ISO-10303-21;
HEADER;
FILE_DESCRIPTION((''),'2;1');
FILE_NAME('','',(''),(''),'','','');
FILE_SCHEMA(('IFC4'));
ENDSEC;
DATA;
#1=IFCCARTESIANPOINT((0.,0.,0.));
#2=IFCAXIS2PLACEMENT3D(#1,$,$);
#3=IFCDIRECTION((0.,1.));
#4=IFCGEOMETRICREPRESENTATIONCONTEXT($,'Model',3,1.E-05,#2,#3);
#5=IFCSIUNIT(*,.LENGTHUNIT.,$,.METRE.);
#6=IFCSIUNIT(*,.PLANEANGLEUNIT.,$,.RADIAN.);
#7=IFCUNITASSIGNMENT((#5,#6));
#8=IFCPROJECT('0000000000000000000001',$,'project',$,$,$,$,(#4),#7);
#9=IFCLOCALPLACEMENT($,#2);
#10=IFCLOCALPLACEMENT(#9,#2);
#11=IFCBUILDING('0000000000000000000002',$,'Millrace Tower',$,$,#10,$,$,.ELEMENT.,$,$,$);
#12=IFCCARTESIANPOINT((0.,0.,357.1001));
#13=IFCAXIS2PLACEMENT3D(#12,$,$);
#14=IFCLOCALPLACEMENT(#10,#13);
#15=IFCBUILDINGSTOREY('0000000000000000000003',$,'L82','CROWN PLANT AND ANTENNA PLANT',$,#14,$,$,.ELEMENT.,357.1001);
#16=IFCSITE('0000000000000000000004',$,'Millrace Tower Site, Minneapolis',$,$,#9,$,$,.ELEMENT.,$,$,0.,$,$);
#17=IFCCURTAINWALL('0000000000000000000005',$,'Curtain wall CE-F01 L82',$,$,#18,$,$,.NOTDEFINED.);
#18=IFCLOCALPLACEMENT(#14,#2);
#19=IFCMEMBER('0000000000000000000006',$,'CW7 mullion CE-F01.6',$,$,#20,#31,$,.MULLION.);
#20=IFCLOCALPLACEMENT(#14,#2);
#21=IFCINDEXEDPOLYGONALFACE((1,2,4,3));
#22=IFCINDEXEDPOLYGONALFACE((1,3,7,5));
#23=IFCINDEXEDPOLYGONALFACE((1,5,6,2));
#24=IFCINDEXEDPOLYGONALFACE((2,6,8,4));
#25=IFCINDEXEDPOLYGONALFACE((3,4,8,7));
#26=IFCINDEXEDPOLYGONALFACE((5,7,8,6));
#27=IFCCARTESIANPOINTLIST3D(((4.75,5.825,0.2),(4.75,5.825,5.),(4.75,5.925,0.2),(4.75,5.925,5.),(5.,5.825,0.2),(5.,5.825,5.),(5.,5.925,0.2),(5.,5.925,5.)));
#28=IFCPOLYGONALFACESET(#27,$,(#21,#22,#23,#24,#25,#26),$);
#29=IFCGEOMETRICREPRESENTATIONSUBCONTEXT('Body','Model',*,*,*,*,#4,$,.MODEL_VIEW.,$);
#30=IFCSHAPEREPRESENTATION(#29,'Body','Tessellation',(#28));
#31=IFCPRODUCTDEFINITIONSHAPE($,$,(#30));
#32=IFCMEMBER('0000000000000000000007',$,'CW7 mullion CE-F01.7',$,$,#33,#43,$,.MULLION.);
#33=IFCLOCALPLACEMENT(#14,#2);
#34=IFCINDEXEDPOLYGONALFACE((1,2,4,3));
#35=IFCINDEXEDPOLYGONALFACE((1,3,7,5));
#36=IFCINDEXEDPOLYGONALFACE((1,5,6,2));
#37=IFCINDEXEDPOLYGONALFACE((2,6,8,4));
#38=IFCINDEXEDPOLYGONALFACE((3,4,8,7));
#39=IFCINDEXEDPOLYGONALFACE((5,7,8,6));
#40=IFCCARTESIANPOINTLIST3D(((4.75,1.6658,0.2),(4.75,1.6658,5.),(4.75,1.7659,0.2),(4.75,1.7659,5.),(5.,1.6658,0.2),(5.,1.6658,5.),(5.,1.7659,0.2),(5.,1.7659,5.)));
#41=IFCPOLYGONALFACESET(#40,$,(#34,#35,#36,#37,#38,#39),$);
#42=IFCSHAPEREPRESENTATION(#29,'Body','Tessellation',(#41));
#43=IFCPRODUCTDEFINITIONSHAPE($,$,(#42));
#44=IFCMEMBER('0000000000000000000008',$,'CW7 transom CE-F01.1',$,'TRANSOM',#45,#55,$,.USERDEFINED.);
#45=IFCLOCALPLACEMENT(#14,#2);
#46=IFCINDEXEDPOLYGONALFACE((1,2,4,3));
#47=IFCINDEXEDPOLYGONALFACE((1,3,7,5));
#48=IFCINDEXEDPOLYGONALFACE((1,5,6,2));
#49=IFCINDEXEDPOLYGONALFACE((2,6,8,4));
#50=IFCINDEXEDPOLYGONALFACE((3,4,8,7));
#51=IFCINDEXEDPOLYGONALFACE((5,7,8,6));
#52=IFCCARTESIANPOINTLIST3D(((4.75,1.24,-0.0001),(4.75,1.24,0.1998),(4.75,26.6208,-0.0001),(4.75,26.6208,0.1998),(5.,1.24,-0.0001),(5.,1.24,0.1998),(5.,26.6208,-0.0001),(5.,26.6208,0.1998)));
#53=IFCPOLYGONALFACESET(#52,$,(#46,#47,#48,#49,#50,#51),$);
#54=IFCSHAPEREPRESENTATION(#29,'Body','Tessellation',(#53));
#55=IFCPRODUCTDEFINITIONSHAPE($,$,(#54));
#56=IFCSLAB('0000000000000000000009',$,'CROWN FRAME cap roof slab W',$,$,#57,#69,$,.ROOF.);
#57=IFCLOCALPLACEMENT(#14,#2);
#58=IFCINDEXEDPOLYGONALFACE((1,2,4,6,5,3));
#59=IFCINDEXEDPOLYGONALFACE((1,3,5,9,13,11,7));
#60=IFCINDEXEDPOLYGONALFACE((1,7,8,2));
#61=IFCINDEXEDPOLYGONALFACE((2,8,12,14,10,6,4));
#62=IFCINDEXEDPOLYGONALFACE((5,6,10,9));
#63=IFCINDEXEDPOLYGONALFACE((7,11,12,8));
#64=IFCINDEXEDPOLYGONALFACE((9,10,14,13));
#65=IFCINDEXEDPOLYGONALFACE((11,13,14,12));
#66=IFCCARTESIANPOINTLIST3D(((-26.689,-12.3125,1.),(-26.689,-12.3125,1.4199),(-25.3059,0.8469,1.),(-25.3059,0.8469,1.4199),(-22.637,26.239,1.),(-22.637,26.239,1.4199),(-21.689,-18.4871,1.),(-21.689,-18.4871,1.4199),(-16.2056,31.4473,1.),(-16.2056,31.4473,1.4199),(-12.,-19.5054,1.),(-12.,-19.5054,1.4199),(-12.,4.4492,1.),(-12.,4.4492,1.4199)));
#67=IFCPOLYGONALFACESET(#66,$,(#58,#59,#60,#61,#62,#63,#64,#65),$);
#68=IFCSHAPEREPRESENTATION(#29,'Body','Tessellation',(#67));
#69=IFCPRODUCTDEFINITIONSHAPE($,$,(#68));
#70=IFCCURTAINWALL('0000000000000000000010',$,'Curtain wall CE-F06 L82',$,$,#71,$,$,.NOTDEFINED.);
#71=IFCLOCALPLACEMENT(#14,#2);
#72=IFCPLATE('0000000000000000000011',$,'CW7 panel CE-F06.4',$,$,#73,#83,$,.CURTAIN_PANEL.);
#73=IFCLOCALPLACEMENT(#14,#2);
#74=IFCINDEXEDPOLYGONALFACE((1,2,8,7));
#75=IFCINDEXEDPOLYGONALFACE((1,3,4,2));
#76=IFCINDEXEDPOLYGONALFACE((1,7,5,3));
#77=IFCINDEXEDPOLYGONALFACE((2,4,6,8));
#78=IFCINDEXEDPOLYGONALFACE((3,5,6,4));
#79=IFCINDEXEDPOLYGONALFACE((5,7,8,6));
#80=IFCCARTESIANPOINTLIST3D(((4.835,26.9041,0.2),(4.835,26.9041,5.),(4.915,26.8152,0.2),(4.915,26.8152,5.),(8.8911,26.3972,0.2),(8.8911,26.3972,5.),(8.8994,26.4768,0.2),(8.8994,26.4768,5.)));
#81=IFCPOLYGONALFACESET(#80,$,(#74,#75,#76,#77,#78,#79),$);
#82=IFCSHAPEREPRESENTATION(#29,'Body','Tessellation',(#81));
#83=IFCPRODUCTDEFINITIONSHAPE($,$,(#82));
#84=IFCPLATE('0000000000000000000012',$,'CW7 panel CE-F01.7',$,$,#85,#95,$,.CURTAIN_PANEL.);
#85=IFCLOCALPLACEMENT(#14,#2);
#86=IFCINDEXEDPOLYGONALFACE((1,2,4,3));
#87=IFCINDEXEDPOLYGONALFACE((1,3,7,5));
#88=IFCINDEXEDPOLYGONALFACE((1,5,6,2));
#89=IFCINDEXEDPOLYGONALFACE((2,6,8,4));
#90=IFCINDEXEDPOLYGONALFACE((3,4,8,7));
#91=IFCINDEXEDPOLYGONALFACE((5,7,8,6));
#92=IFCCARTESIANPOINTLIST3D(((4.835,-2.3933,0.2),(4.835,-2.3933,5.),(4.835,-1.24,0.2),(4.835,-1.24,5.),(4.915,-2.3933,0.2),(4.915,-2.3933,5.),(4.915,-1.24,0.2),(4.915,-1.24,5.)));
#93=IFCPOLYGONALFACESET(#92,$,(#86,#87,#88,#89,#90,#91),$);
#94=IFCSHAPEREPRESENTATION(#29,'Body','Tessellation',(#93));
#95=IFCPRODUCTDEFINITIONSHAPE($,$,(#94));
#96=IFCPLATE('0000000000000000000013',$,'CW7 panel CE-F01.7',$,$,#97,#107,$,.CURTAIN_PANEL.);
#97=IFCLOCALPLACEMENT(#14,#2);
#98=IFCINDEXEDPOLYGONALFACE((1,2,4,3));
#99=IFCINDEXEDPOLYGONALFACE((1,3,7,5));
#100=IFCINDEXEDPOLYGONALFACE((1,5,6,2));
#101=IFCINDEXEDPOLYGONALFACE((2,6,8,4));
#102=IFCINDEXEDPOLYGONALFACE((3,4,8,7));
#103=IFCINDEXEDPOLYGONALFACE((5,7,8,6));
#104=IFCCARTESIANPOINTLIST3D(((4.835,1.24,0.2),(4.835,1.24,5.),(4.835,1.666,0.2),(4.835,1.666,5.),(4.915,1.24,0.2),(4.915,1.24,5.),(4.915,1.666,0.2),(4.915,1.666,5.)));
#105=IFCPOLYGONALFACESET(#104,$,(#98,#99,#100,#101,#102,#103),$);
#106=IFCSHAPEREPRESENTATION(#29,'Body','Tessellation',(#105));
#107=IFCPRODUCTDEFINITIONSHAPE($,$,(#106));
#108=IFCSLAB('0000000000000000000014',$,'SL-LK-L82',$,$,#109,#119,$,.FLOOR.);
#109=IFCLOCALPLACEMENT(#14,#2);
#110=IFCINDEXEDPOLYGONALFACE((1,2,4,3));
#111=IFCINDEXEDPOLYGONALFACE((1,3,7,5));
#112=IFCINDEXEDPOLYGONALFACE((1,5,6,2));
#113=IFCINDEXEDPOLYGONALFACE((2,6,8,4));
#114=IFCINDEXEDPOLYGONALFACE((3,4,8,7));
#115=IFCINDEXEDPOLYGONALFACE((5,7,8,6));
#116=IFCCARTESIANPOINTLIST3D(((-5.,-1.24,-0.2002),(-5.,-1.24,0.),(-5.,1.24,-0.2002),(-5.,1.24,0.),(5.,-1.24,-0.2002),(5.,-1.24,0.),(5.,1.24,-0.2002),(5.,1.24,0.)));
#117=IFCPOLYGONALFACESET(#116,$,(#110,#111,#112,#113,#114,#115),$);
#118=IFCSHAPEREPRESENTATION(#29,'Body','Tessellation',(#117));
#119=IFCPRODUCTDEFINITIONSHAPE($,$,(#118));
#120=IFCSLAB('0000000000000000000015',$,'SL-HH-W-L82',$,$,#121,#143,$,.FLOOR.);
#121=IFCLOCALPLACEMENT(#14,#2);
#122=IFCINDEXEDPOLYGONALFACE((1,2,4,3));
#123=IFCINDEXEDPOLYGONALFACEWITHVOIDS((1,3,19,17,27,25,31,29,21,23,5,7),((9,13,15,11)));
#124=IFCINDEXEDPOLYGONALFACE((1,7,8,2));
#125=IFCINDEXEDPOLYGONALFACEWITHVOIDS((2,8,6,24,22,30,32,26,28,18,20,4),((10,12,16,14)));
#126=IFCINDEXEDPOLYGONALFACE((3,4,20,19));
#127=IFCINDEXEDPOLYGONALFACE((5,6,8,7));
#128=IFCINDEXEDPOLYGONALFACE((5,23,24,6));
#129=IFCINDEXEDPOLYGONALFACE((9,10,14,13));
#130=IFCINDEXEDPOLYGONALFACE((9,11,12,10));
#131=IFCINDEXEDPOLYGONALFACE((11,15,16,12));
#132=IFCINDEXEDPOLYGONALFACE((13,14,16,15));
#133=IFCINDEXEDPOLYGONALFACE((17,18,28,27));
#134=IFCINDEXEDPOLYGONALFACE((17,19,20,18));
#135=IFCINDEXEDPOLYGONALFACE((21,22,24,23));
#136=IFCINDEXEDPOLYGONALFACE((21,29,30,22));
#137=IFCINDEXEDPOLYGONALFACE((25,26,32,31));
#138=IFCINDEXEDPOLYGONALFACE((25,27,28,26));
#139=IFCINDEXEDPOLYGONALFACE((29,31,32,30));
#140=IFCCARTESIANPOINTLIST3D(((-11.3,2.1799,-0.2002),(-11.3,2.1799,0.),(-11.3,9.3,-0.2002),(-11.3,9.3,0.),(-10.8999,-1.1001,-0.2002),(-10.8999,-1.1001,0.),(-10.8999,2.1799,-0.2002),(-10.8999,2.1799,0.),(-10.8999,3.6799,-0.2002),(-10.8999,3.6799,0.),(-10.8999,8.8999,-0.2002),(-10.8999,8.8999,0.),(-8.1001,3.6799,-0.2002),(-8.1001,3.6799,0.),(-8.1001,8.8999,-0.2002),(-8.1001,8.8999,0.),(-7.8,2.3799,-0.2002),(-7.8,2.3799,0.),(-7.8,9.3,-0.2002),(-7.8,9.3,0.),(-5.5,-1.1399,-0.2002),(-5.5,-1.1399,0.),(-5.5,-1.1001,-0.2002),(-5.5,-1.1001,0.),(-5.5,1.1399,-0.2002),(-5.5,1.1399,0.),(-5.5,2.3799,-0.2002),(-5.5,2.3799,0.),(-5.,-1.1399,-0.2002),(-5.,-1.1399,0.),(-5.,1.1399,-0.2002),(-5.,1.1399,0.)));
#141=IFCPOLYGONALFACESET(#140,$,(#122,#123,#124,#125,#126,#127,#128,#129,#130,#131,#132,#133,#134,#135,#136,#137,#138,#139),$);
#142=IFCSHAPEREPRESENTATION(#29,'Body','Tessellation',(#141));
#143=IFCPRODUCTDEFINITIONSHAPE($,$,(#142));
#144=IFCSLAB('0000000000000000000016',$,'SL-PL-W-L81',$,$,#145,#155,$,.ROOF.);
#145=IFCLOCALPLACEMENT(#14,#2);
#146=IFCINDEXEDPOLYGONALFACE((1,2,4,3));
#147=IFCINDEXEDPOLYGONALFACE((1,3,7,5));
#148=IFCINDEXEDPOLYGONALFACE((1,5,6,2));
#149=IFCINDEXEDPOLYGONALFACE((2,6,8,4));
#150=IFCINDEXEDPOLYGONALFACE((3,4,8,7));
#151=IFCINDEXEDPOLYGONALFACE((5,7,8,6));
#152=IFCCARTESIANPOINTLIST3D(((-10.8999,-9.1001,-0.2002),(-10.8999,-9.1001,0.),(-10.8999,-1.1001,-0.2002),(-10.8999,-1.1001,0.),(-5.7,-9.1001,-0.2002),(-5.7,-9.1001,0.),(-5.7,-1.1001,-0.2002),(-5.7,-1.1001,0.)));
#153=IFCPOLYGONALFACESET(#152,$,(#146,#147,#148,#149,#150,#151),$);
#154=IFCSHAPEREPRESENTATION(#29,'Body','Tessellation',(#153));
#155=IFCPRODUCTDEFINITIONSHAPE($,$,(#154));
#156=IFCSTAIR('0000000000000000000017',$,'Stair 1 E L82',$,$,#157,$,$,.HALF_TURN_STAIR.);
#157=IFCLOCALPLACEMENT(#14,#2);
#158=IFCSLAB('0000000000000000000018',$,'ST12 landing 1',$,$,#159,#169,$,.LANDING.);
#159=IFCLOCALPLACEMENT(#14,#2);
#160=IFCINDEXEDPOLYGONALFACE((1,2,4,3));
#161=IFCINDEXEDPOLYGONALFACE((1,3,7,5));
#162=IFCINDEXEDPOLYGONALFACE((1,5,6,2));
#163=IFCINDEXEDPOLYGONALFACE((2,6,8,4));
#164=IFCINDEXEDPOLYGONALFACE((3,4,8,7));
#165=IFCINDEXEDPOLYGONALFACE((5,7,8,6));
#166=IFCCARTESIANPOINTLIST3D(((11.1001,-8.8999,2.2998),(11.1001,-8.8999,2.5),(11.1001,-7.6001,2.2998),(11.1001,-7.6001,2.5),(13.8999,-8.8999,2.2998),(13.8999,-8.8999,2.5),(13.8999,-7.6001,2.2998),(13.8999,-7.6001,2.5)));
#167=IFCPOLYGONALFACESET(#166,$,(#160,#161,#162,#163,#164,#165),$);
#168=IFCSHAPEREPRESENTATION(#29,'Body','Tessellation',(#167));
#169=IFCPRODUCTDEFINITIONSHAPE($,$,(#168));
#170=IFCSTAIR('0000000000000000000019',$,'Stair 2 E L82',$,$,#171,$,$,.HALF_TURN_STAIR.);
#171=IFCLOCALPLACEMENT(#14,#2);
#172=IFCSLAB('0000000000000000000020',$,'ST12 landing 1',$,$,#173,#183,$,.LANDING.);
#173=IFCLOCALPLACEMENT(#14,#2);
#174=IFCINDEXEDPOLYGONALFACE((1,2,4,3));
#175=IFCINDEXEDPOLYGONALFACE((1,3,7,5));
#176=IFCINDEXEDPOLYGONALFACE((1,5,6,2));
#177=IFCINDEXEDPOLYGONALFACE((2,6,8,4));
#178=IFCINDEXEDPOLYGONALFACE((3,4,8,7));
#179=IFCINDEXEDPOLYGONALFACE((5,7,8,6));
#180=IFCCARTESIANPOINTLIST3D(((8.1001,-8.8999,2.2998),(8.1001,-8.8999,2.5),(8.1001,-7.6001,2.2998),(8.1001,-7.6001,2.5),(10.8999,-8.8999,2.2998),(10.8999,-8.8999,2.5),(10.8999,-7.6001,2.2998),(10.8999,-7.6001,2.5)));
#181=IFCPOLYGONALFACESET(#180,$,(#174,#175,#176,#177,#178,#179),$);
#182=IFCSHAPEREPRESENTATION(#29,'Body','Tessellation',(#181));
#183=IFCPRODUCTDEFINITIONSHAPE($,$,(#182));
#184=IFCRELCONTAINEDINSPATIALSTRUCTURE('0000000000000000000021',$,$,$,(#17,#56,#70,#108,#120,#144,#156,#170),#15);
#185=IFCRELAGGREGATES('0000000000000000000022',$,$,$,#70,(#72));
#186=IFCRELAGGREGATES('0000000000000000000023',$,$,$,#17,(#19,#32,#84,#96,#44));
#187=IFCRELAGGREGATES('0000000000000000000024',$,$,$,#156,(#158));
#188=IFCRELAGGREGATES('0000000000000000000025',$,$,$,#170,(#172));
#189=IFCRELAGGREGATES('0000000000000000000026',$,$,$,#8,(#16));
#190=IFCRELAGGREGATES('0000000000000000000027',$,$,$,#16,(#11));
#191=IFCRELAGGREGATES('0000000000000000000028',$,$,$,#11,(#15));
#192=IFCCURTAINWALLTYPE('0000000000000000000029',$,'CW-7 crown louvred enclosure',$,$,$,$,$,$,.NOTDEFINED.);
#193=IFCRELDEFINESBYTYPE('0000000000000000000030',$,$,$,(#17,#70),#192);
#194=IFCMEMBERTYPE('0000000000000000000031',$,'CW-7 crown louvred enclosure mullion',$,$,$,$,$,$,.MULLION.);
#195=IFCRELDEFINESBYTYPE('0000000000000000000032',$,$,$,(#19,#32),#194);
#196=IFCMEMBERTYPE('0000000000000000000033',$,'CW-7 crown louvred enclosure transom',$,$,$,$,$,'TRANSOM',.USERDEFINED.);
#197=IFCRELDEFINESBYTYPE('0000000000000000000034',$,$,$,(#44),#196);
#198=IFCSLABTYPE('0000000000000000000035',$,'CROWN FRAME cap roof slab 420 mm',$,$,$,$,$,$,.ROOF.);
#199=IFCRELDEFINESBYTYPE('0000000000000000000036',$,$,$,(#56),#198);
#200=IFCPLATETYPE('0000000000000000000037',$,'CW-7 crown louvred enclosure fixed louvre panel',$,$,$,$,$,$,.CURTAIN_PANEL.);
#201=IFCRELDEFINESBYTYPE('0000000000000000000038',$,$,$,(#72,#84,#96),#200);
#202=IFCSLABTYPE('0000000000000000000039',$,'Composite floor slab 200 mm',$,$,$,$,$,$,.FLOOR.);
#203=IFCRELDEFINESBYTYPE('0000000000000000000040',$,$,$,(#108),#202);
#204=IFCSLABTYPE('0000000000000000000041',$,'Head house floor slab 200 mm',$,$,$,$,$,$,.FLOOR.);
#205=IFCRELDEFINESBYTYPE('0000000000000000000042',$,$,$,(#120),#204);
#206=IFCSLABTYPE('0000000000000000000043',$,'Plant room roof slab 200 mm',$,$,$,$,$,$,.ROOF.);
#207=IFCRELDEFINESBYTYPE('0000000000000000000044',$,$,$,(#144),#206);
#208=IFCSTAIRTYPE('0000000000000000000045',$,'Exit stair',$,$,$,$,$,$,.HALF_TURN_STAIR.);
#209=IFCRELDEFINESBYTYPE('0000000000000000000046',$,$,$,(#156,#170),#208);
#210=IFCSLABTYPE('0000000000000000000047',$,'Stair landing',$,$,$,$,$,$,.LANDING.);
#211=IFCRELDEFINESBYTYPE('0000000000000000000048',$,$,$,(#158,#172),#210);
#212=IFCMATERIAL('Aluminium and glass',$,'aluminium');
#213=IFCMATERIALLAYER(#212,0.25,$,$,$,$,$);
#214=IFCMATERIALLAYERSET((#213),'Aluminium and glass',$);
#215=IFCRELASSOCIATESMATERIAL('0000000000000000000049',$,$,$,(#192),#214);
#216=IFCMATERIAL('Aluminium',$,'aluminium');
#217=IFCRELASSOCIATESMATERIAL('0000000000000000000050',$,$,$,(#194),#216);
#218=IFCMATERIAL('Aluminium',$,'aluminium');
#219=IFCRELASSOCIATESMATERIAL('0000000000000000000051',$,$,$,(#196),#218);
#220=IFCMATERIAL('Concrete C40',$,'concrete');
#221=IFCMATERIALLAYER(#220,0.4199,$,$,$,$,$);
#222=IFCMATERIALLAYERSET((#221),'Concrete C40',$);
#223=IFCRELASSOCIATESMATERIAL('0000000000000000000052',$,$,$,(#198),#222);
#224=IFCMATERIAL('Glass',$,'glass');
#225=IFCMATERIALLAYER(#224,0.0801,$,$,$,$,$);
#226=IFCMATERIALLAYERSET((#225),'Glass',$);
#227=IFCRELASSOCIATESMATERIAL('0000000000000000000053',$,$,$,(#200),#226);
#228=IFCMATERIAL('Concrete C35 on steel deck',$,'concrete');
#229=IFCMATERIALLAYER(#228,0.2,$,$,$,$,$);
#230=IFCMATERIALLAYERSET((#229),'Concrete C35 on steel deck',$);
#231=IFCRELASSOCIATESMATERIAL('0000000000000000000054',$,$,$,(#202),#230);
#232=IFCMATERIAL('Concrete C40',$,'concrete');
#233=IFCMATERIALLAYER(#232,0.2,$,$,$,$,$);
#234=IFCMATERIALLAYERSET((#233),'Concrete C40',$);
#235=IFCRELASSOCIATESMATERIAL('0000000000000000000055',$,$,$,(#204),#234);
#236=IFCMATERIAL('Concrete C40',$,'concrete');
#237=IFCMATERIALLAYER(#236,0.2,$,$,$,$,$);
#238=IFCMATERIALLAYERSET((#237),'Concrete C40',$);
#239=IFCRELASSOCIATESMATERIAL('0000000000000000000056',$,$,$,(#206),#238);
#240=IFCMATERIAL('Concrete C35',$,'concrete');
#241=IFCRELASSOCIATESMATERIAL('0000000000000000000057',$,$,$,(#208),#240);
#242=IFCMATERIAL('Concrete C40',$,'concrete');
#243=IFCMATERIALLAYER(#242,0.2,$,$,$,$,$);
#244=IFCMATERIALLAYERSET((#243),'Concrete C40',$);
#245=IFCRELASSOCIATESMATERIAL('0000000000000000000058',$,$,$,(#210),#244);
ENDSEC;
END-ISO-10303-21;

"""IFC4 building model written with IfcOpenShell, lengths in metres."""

from ifc_helpers import new_model, si_unit, direction, frame, origin, origin_2d, place, context, subcontext, project, spatial, polyline, rectangle, outline, extrude, material, layer, layer_set, material_profile, profile_set, type_object, element, aggregate, save


model = new_model("IFC4")

# Units and contexts
model_context = context("Model", 3, precision=1e-05, world=origin(), true_north=direction((0.0, 1.0)))
body_context = subcontext(model_context, "Body", "Model", "MODEL_VIEW")
ifc_project = project(units=[si_unit("LENGTHUNIT", "METRE"), si_unit("PLANEANGLEUNIT", "RADIAN")], contexts=[model_context])

# Site, building, storey
site_placement = place(None, origin())
site = spatial("IfcSite", under=ifc_project, at=site_placement, Name="Millrace Tower Site, Minneapolis", CompositionType="ELEMENT", RefElevation=0.0)
building_placement = place(site_placement, origin())
building = spatial("IfcBuilding", under=site, at=building_placement, Name="Millrace Tower", CompositionType="ELEMENT")
storey_placement = place(building_placement, frame((0.0, 0.0, 357.1001)))
storey = spatial("IfcBuildingStorey", under=building, at=storey_placement, Name="L82", Description="CROWN PLANT AND ANTENNA PLANT", CompositionType="ELEMENT", Elevation=357.1001)

# Curtain wall, members
ifc_material_1 = material(Name="Aluminium and glass", Category="aluminium")
ifc_layer_1 = layer(ifc_material_1, 0.25)
ifc_layer_set_1 = layer_set([ifc_layer_1], Name="Aluminium and glass")
curtain_wall_type = type_object("IfcCurtainWallType", Name="CW-7 crown louvred enclosure", PredefinedType="NOTDEFINED", material=ifc_layer_set_1)
placement_1 = place(storey_placement, origin())
curtain_wall_1 = element("IfcCurtainWall", 1, at=placement_1, inside=storey, type_object=curtain_wall_type, Name="Curtain wall CE-F01 L82", PredefinedType="NOTDEFINED")
ifc_material_2 = material(Name="Aluminium", Category="aluminium")
ifc_material_profile_1 = material_profile(ifc_material_2, rectangle(XDim=0.1001, YDim=0.25, at=origin_2d()))
ifc_profile_set_1 = profile_set([ifc_material_profile_1], Name="Aluminium")
member_type_1 = type_object("IfcMemberType", Name="CW-7 crown louvred enclosure mullion", PredefinedType="MULLION", material=ifc_profile_set_1)
member_1_placement = place(storey_placement, frame((4.875, 5.875, 0.2), z_axis=(0.0, 0.0, 1.0), x_axis=(0.0, -1.0, 0.0)))
member_1 = element("IfcMember", 2, at=member_1_placement, type_object=member_type_1, Name="CW7 mullion CE-F01.6", PredefinedType="MULLION", context=body_context, shape_type="SweptSolid", body=[
    extrude(rectangle(XDim=0.1001, YDim=0.25, at=origin_2d()), origin(), (0.0, 0.0, 1.0), 4.8),
])
member_2_placement = place(storey_placement, frame((4.875, 1.7158, 0.2), z_axis=(0.0, 0.0, 1.0), x_axis=(0.0, -1.0, 0.0)))
member_2 = element("IfcMember", 3, at=member_2_placement, type_object=member_type_1, Name="CW7 mullion CE-F01.7", PredefinedType="MULLION", context=body_context, shape_type="SweptSolid", body=[
    extrude(rectangle(XDim=0.1001, YDim=0.25, at=origin_2d()), origin(), (0.0, 0.0, 1.0), 4.8),
])
ifc_material_3 = material(Name="Aluminium", Category="aluminium")
ifc_material_profile_2 = material_profile(ifc_material_3, rectangle(XDim=0.25, YDim=0.2, at=origin_2d()))
ifc_profile_set_2 = profile_set([ifc_material_profile_2], Name="Aluminium")
member_type_2 = type_object("IfcMemberType", Name="CW-7 crown louvred enclosure transom", ElementType="TRANSOM", PredefinedType="USERDEFINED", material=ifc_profile_set_2)
member_3_placement = place(storey_placement, frame((4.875, 1.24, 0.0999), z_axis=(0.0, 1.0, 0.0), x_axis=(-1.0, 0.0, 0.0)))
member_3 = element("IfcMember", 4, at=member_3_placement, type_object=member_type_2, Name="CW7 transom CE-F01.1", ObjectType="TRANSOM", PredefinedType="USERDEFINED", context=body_context, shape_type="SweptSolid", body=[
    extrude(rectangle(XDim=0.25, YDim=0.2, at=origin_2d()), origin(), (0.0, 0.0, 1.0), 25.3809),
])

# Slab
ifc_material_4 = material(Name="Concrete C40", Category="concrete")
ifc_layer_2 = layer(ifc_material_4, 0.4199)
ifc_layer_set_2 = layer_set([ifc_layer_2], Name="Concrete C40")
slab_type_1 = type_object("IfcSlabType", Name="CROWN FRAME cap roof slab 420 mm", PredefinedType="ROOF", material=ifc_layer_set_2)
slab_1_placement = place(storey_placement, frame((0.0, 0.0, 1.0)))
element("IfcSlab", 5, at=slab_1_placement, inside=storey, type_object=slab_type_1, Name="CROWN FRAME cap roof slab W", PredefinedType="ROOF", context=body_context, shape_type="SweptSolid", body=[
    extrude(outline(polyline([(-12.0, -19.5054), (-12.0, 4.4492), (-16.2056, 31.4473), (-22.637, 26.239), (-25.3059, 0.8469), (-26.689, -12.3125), (-21.689, -18.4871), (-12.0, -19.5054)])), origin(), (0.0, 0.0, 1.0), 0.4199),
])

# Curtain wall, plate
curtain_wall_2 = element("IfcCurtainWall", 6, at=placement_1, inside=storey, type_object=curtain_wall_type, Name="Curtain wall CE-F06 L82", PredefinedType="NOTDEFINED")
ifc_material_5 = material(Name="Glass", Category="glass")
ifc_layer_3 = layer(ifc_material_5, 0.0801)
ifc_layer_set_3 = layer_set([ifc_layer_3], Name="Glass")
plate_type = type_object("IfcPlateType", Name="CW-7 crown louvred enclosure fixed louvre panel", PredefinedType="CURTAIN_PANEL", material=ifc_layer_set_3)
placement_2 = place(storey_placement, frame((0.0, 0.0, 0.2)))
plate_1 = element("IfcPlate", 7, at=placement_2, type_object=plate_type, Name="CW7 panel CE-F06.4", PredefinedType="CURTAIN_PANEL", context=body_context, shape_type="SweptSolid", body=[
    extrude(outline(polyline([(8.8994, 26.4768), (4.835, 26.9041), (4.915, 26.8152), (8.8911, 26.3972), (8.8994, 26.4768)])), origin(), (0.0, 0.0, 1.0), 4.8),
])
aggregate(curtain_wall_2, [plate_1])

# Plates
plate_2 = element("IfcPlate", 8, at=placement_2, type_object=plate_type, Name="CW7 panel CE-F01.7", PredefinedType="CURTAIN_PANEL", context=body_context, shape_type="SweptSolid", body=[
    extrude(outline(polyline([(4.835, -1.24), (4.835, -2.3933), (4.915, -2.3933), (4.915, -1.24), (4.835, -1.24)])), origin(), (0.0, 0.0, 1.0), 4.8),
])
plate_3 = element("IfcPlate", 9, at=placement_2, type_object=plate_type, Name="CW7 panel CE-F01.7", PredefinedType="CURTAIN_PANEL", context=body_context, shape_type="SweptSolid", body=[
    extrude(outline(polyline([(4.835, 1.666), (4.835, 1.24), (4.915, 1.24), (4.915, 1.666), (4.835, 1.666)])), origin(), (0.0, 0.0, 1.0), 4.8),
])
aggregate(curtain_wall_1, [member_1, member_2, plate_2, plate_3, member_3])

# Slabs
ifc_material_6 = material(Name="Concrete C35 on steel deck", Category="concrete")
ifc_layer_4 = layer(ifc_material_6, 0.2)
ifc_layer_set_4 = layer_set([ifc_layer_4], Name="Concrete C35 on steel deck")
slab_type_2 = type_object("IfcSlabType", Name="Composite floor slab 200 mm", PredefinedType="FLOOR", material=ifc_layer_set_4)
placement_3 = place(storey_placement, frame((0.0, 0.0, -0.2002)))
element("IfcSlab", 10, at=placement_3, inside=storey, type_object=slab_type_2, Name="SL-LK-L82", PredefinedType="FLOOR", context=body_context, shape_type="SweptSolid", body=[
    extrude(outline(polyline([(-5.0, -1.24), (5.0, -1.24), (5.0, 1.24), (-5.0, 1.24), (-5.0, -1.24)])), origin(), (0.0, 0.0, 1.0), 0.2002),
])
ifc_material_7 = material(Name="Concrete C40", Category="concrete")
ifc_layer_5 = layer(ifc_material_7, 0.2)
ifc_layer_set_5 = layer_set([ifc_layer_5], Name="Concrete C40")
slab_type_3 = type_object("IfcSlabType", Name="Head house floor slab 200 mm", PredefinedType="FLOOR", material=ifc_layer_set_5)
element("IfcSlab", 11, at=placement_3, inside=storey, type_object=slab_type_3, Name="SL-HH-W-L82", PredefinedType="FLOOR", context=body_context, shape_type="SweptSolid", body=[
    extrude(outline(polyline([(-5.5, 1.1399), (-5.5, 2.3799), (-7.8, 2.3799), (-7.8, 9.3), (-11.3, 9.3), (-11.3, 2.1799), (-10.8999, 2.1799), (-10.8999, -1.1001), (-5.5, -1.1001), (-5.5, -1.1399), (-5.0, -1.1399), (-5.0, 1.1399), (-5.5, 1.1399)]), holes=[polyline([(-10.8999, 3.6799), (-8.1001, 3.6799), (-8.1001, 8.8999), (-10.8999, 8.8999), (-10.8999, 3.6799)])]), origin(), (0.0, 0.0, 1.0), 0.2002),
])
ifc_material_8 = material(Name="Concrete C40", Category="concrete")
ifc_layer_6 = layer(ifc_material_8, 0.2)
ifc_layer_set_6 = layer_set([ifc_layer_6], Name="Concrete C40")
slab_type_4 = type_object("IfcSlabType", Name="Plant room roof slab 200 mm", PredefinedType="ROOF", material=ifc_layer_set_6)
element("IfcSlab", 12, at=placement_3, inside=storey, type_object=slab_type_4, Name="SL-PL-W-L81", PredefinedType="ROOF", context=body_context, shape_type="SweptSolid", body=[
    extrude(outline(polyline([(-10.8999, -9.1001), (-5.7, -9.1001), (-5.7, -1.1001), (-10.8999, -1.1001), (-10.8999, -9.1001)])), origin(), (0.0, 0.0, 1.0), 0.2002),
])

# Stairs, slabs
ifc_material_9 = material(Name="Concrete C35", Category="concrete")
stair_type = type_object("IfcStairType", Name="Exit stair", PredefinedType="HALF_TURN_STAIR", material=ifc_material_9)
stair_1 = element("IfcStair", 13, at=placement_1, inside=storey, type_object=stair_type, Name="Stair 1 E L82", PredefinedType="HALF_TURN_STAIR")
ifc_material_10 = material(Name="Concrete C40", Category="concrete")
ifc_layer_7 = layer(ifc_material_10, 0.2)
ifc_layer_set_7 = layer_set([ifc_layer_7], Name="Concrete C40")
slab_type_5 = type_object("IfcSlabType", Name="Stair landing", PredefinedType="LANDING", material=ifc_layer_set_7)
placement_4 = place(storey_placement, frame((0.0, 0.0, 2.2998)))
slab_2 = element("IfcSlab", 14, at=placement_4, type_object=slab_type_5, Name="ST12 landing 1", PredefinedType="LANDING", context=body_context, shape_type="SweptSolid", body=[
    extrude(outline(polyline([(11.1001, -8.8999), (13.8999, -8.8999), (13.8999, -7.6001), (11.1001, -7.6001), (11.1001, -8.8999)])), origin(), (0.0, 0.0, 1.0), 0.2002),
])
aggregate(stair_1, [slab_2])
stair_2 = element("IfcStair", 15, at=placement_1, inside=storey, type_object=stair_type, Name="Stair 2 E L82", PredefinedType="HALF_TURN_STAIR")
slab_3 = element("IfcSlab", 16, at=placement_4, type_object=slab_type_5, Name="ST12 landing 1", PredefinedType="LANDING", context=body_context, shape_type="SweptSolid", body=[
    extrude(outline(polyline([(8.1001, -8.8999), (10.8999, -8.8999), (10.8999, -7.6001), (8.1001, -7.6001), (8.1001, -8.8999)])), origin(), (0.0, 0.0, 1.0), 0.2002),
])
aggregate(stair_2, [slab_3])

save(model, "model.ifc")
